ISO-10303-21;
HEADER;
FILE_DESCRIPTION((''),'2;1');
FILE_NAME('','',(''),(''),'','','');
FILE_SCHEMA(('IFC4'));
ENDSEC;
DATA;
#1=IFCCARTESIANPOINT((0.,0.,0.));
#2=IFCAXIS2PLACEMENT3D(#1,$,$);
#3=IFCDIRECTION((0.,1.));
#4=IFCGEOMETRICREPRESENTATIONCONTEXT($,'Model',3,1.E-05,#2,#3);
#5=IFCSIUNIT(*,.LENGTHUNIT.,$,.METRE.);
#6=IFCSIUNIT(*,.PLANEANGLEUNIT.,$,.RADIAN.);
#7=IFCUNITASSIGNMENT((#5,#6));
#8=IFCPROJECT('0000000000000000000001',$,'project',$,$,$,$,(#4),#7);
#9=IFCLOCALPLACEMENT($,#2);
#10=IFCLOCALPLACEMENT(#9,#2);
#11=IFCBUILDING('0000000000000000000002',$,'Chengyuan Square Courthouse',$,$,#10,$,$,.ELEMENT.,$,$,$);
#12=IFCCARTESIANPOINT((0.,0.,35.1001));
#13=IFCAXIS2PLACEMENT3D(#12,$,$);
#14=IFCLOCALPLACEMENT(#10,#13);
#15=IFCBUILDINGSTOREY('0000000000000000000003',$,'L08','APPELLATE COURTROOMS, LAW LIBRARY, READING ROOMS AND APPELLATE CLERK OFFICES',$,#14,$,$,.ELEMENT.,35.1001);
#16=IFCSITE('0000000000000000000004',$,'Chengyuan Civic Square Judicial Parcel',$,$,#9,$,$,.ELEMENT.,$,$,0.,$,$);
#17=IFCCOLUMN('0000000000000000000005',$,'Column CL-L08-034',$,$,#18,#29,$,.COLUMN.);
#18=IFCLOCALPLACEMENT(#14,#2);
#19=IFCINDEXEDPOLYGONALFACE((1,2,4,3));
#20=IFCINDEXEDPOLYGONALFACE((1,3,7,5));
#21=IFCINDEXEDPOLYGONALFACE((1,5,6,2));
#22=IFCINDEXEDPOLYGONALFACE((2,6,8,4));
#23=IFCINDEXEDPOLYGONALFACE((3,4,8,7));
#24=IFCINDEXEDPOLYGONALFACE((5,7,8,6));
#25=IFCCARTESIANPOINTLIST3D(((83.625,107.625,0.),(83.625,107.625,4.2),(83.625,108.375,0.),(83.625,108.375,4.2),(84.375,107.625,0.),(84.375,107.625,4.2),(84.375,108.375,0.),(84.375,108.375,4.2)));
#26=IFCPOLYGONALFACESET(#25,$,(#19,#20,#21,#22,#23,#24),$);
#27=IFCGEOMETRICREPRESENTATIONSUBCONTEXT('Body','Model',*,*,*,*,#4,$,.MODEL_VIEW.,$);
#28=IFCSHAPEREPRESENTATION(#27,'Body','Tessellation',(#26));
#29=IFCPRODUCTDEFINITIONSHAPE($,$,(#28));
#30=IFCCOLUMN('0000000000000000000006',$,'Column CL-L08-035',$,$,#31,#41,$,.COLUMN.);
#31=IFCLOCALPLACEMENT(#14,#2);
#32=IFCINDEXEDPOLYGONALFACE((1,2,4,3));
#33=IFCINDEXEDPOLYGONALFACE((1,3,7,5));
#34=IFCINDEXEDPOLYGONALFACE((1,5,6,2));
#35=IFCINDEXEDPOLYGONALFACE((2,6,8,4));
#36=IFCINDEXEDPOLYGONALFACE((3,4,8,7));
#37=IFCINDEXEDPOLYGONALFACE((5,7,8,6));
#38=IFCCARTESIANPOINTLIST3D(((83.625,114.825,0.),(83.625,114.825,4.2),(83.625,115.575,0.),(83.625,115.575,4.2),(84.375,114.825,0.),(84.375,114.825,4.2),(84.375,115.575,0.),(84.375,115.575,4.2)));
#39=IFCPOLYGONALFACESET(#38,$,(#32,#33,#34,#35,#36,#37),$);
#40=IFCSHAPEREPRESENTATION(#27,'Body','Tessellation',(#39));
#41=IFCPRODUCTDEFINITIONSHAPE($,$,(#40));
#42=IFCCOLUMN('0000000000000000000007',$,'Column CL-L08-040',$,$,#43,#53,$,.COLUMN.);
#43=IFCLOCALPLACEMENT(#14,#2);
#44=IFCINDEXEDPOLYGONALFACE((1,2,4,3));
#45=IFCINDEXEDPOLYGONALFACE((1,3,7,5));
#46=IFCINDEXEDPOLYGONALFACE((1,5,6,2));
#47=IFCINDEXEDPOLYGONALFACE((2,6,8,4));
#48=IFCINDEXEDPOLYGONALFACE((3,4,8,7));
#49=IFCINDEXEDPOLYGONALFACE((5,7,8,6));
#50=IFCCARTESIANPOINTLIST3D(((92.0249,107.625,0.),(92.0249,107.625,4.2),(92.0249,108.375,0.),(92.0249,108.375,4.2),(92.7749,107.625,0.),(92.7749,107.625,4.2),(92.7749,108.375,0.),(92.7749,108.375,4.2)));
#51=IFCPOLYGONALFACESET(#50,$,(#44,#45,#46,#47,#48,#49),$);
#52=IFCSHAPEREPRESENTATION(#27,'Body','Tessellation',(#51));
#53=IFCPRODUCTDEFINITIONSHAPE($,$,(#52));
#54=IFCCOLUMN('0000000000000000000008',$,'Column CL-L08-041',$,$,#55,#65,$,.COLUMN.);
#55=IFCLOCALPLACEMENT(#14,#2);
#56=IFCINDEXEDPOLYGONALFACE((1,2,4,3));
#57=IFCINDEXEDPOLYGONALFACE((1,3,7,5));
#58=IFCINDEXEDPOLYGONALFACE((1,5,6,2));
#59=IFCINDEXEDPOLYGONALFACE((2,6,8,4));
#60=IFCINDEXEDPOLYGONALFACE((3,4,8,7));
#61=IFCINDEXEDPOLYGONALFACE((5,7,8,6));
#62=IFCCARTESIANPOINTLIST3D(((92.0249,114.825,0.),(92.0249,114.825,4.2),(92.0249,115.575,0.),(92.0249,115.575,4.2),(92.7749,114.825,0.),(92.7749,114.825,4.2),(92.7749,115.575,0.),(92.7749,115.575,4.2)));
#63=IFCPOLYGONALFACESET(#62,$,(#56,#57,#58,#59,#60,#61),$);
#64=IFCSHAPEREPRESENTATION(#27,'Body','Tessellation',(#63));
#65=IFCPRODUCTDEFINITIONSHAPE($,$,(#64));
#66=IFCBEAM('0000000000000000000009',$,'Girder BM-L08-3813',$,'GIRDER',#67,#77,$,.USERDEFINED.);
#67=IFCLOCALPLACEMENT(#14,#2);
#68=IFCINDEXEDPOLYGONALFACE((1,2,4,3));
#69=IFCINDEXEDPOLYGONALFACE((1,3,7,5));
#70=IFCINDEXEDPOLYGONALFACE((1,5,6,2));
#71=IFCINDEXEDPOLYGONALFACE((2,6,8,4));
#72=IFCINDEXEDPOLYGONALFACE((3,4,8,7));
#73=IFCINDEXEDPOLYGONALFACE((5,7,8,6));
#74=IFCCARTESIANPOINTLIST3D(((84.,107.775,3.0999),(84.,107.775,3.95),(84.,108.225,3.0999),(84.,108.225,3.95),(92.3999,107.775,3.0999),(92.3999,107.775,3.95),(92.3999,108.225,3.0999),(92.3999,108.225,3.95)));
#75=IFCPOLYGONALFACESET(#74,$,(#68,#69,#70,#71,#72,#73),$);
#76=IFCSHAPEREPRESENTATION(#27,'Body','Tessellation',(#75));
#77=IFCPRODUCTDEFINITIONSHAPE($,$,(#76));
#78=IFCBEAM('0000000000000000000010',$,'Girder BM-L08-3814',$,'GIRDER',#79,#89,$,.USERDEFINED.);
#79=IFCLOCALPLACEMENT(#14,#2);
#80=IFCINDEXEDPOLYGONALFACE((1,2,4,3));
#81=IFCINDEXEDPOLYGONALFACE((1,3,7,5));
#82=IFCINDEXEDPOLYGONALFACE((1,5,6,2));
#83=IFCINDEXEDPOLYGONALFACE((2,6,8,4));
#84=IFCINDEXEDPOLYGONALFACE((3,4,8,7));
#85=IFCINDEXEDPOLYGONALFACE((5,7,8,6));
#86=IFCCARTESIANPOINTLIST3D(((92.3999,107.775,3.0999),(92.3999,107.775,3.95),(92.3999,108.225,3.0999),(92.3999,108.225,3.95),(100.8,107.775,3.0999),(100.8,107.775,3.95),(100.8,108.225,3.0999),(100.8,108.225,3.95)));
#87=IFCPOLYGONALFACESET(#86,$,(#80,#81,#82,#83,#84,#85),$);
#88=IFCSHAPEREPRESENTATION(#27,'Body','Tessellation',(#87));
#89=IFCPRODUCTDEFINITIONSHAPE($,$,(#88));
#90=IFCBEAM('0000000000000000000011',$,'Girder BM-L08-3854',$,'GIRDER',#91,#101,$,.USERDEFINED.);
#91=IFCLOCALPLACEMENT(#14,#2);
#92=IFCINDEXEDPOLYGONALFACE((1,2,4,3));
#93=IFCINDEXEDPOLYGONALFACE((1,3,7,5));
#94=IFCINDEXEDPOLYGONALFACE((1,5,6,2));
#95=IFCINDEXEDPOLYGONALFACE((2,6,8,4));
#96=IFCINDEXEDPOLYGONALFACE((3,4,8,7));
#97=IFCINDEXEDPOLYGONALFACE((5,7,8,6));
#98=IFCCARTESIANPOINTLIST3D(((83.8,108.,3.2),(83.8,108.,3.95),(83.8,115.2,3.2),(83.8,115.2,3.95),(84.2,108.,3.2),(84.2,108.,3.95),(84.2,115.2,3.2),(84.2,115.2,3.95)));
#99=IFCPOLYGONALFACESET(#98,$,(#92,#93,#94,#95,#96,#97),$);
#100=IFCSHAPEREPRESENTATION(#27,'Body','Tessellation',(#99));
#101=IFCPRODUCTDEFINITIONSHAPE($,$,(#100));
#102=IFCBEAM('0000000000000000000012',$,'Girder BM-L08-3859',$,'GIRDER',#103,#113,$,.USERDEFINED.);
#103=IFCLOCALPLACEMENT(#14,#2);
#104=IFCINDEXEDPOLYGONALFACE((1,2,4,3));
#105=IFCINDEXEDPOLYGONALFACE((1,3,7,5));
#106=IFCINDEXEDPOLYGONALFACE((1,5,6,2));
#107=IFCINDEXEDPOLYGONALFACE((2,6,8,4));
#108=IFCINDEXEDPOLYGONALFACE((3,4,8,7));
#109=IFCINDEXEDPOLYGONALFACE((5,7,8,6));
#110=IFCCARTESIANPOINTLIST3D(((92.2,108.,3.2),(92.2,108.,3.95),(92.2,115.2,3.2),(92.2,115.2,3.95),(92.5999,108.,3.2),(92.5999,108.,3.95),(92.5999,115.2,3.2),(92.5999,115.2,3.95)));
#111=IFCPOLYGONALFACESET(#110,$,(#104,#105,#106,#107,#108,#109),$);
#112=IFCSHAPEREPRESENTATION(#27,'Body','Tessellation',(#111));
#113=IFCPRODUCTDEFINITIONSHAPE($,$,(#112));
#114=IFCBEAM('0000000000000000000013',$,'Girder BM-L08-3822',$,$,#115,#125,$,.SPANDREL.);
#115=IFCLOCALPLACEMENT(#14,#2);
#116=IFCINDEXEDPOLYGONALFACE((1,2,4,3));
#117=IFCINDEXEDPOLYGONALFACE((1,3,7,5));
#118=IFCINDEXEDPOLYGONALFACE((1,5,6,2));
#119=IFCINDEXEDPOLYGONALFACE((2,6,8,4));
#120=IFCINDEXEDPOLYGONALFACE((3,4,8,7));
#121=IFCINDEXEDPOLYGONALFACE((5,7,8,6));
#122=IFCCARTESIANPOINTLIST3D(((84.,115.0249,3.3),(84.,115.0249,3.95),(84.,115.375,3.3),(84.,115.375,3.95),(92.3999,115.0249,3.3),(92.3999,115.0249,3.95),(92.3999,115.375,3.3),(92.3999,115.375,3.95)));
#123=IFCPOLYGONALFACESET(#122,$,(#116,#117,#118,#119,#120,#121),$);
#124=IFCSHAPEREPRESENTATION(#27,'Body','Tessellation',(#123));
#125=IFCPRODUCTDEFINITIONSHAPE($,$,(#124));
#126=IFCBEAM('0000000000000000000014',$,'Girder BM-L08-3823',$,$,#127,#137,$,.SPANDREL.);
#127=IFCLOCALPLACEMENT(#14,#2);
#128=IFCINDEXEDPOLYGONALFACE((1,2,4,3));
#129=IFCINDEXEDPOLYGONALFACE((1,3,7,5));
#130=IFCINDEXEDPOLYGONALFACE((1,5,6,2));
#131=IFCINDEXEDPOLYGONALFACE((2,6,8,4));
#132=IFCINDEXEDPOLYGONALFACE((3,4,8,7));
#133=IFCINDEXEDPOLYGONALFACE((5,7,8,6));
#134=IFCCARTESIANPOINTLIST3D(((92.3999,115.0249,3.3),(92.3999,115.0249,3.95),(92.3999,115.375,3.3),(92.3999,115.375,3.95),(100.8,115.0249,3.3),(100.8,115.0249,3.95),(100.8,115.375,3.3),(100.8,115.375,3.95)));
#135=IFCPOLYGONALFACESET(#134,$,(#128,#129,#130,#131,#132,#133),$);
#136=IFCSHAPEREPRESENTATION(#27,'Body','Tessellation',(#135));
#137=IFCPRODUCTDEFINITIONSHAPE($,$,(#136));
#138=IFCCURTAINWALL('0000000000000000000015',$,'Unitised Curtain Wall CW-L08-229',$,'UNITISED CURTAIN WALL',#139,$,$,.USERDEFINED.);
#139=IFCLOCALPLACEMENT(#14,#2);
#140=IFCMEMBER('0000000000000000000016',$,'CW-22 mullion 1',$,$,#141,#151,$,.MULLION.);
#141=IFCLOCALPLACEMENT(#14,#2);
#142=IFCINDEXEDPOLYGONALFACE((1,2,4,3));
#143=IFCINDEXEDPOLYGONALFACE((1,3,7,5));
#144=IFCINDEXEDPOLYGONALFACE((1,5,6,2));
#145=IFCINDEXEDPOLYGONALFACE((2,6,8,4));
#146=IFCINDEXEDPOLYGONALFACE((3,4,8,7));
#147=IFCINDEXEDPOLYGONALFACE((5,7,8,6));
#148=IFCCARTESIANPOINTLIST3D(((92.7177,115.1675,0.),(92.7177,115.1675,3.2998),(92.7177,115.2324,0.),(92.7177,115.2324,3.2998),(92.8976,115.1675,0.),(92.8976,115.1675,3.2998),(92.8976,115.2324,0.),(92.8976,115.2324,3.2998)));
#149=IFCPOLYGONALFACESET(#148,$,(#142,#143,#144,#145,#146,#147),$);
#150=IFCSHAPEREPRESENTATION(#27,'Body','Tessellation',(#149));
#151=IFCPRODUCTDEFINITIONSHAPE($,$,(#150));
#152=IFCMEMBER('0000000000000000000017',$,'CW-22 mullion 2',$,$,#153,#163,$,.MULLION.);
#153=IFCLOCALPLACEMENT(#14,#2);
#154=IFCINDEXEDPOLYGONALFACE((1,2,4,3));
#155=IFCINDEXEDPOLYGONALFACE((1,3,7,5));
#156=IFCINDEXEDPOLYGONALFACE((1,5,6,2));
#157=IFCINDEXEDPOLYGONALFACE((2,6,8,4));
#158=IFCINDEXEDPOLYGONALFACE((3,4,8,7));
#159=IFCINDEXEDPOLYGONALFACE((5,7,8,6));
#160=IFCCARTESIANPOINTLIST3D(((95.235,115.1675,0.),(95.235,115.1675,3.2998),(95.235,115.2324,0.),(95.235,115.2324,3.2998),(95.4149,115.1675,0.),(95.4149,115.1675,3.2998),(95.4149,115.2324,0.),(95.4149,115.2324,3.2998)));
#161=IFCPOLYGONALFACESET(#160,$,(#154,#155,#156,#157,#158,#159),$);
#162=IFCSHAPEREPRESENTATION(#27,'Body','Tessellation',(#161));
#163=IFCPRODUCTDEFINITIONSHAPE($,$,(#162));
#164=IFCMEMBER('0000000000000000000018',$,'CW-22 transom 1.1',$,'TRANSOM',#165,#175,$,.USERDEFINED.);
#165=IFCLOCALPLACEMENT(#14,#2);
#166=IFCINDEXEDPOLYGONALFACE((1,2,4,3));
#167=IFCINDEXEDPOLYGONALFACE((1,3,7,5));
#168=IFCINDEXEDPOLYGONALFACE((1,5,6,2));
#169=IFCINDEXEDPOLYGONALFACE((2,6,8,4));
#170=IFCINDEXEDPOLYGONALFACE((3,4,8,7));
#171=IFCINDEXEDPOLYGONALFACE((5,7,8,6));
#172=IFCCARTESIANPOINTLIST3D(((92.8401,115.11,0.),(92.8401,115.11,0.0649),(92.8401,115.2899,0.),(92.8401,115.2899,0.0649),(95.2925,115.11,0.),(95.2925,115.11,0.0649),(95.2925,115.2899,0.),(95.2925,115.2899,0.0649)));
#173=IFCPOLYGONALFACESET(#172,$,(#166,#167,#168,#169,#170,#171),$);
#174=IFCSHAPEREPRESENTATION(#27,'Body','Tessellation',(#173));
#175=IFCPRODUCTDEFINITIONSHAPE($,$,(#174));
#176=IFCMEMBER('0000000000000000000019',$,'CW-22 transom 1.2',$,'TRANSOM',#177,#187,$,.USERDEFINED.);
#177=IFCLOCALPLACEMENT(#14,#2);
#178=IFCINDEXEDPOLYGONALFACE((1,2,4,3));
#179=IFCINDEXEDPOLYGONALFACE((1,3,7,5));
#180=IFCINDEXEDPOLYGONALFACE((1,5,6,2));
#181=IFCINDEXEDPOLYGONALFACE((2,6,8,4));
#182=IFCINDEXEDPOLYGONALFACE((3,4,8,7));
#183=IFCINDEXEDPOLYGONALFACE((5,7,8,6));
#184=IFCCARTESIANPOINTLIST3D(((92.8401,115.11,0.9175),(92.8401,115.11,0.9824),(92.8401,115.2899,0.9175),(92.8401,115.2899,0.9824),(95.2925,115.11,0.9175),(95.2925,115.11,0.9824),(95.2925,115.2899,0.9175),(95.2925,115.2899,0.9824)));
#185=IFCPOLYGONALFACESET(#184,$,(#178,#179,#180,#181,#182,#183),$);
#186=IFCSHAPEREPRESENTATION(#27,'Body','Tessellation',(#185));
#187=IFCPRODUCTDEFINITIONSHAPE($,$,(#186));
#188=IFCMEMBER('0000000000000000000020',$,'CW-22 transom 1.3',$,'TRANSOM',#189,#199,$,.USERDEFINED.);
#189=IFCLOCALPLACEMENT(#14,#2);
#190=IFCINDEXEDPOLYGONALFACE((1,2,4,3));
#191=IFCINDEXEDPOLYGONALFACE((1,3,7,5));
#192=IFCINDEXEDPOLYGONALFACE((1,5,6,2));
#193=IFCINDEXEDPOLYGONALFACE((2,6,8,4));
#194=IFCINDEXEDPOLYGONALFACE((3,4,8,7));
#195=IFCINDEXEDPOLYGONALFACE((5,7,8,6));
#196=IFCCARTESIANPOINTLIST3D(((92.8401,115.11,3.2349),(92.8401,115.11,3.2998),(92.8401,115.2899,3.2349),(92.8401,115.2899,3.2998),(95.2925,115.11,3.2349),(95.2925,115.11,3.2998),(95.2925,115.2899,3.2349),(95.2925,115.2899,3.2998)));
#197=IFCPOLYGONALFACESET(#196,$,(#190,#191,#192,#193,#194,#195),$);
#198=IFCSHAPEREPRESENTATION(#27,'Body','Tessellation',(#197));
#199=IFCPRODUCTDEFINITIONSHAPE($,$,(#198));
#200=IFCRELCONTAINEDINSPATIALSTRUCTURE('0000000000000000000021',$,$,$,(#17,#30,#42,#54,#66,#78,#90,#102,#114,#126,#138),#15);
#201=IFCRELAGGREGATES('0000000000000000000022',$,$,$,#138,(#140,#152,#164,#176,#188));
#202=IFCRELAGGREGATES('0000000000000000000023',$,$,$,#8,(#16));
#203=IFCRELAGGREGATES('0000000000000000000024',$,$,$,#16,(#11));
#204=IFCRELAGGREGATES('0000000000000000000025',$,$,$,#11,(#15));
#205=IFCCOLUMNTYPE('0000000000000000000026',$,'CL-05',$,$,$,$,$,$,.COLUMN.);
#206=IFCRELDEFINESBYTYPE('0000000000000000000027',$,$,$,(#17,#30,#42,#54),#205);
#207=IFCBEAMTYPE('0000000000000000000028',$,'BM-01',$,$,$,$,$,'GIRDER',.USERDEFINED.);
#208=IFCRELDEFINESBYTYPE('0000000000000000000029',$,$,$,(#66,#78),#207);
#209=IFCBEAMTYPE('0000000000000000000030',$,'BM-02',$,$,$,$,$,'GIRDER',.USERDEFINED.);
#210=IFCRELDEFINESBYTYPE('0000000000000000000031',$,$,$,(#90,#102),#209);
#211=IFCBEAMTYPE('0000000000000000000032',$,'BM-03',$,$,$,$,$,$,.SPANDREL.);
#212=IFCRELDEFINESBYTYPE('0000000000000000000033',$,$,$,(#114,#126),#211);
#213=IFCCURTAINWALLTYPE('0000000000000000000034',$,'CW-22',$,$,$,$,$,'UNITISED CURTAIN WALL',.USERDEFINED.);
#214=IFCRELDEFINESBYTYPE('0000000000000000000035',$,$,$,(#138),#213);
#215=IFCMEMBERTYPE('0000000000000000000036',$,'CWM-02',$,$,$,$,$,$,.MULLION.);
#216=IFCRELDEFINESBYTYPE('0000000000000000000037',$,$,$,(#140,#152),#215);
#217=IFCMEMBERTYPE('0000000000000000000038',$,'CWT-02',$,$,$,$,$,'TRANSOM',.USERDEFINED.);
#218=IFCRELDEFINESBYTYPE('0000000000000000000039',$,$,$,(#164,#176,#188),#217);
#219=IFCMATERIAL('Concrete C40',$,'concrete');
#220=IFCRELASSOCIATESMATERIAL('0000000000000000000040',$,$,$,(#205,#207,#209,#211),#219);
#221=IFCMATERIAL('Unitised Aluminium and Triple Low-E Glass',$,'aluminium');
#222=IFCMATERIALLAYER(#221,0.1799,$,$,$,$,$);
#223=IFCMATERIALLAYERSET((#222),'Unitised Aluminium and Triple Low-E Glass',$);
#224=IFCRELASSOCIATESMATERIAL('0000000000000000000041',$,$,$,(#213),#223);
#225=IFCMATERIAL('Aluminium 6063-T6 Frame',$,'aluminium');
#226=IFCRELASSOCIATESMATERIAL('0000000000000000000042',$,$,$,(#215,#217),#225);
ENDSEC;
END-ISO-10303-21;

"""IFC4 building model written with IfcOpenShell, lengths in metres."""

from ifc_helpers import new_model, si_unit, direction, frame, origin, origin_2d, place, context, subcontext, project, spatial, rectangle, extrude, material, layer, layer_set, material_profile, profile_set, type_object, element, aggregate, save


model = new_model("IFC4")

# Units and contexts
model_context = context("Model", 3, precision=1e-05, world=origin(), true_north=direction((0.0, 1.0)))
body_context = subcontext(model_context, "Body", "Model", "MODEL_VIEW")
ifc_project = project(units=[si_unit("LENGTHUNIT", "METRE"), si_unit("PLANEANGLEUNIT", "RADIAN")], contexts=[model_context])

# Site, building, storey
site_placement = place(None, origin())
site = spatial("IfcSite", under=ifc_project, at=site_placement, Name="Chengyuan Civic Square Judicial Parcel", CompositionType="ELEMENT", RefElevation=0.0)
building_placement = place(site_placement, origin())
building = spatial("IfcBuilding", under=site, at=building_placement, Name="Chengyuan Square Courthouse", CompositionType="ELEMENT")
storey_placement = place(building_placement, frame((0.0, 0.0, 35.1001)))
storey = spatial("IfcBuildingStorey", under=building, at=storey_placement, Name="L08", Description="APPELLATE COURTROOMS, LAW LIBRARY, READING ROOMS AND APPELLATE CLERK OFFICES", CompositionType="ELEMENT", Elevation=35.1001)

# Columns
ifc_material_1 = material(Name="Concrete C40", Category="concrete")
ifc_material_profile_1 = material_profile(ifc_material_1, rectangle(XDim=0.75, YDim=0.75, at=origin_2d()), Name="RC-COL-750x750")
ifc_profile_set_1 = profile_set([ifc_material_profile_1], Name="Concrete C40")
column_type = type_object("IfcColumnType", Name="CL-05", PredefinedType="COLUMN", material=ifc_profile_set_1)
for number, where, z_axis, x_axis, name in (
    (1, (84.0, 108.0, 0.0), (0.0, 0.0, 1.0), (1.0, 0.0, 0.0), "Column CL-L08-034"),
    (2, (84.0, 115.2, 0.0), (0.0, 0.0, 1.0), (1.0, 0.0, 0.0), "Column CL-L08-035"),
    (3, (92.3999, 108.0, 0.0), (0.0, 0.0, 1.0), (1.0, 0.0, 0.0), "Column CL-L08-040"),
    (4, (92.3999, 115.2, 0.0), (0.0, 0.0, 1.0), (1.0, 0.0, 0.0), "Column CL-L08-041"),
):
    element("IfcColumn", number, at=place(storey_placement, frame(where, z_axis=z_axis, x_axis=x_axis)), inside=storey, type_object=column_type, Name=name, PredefinedType="COLUMN", context=body_context, shape_type="SweptSolid", body=[
        extrude(rectangle(XDim=0.75, YDim=0.75, at=origin_2d()), origin(), (0.0, 0.0, 1.0), 4.2),
    ])

# Beams
ifc_material_profile_2 = material_profile(ifc_material_1, rectangle(XDim=0.45, YDim=0.8501, at=origin_2d()), Name="RC-BM-450x850")
ifc_profile_set_2 = profile_set([ifc_material_profile_2], Name="Concrete C40")
beam_type_1 = type_object("IfcBeamType", Name="BM-01", ElementType="GIRDER", PredefinedType="USERDEFINED", material=ifc_profile_set_2)
beam_1_placement = place(storey_placement, frame((84.0, 108.0, 3.5249), z_axis=(1.0, 0.0, 0.0), x_axis=(0.0, 1.0, 0.0)))
element("IfcBeam", 5, at=beam_1_placement, inside=storey, type_object=beam_type_1, Name="Girder BM-L08-3813", ObjectType="GIRDER", PredefinedType="USERDEFINED", context=body_context, shape_type="SweptSolid", body=[
    extrude(rectangle(XDim=0.45, YDim=0.8501, at=origin_2d()), origin(), (0.0, 0.0, 1.0), 8.3999),
])
beam_2_placement = place(storey_placement, frame((92.3999, 108.0, 3.5249), z_axis=(1.0, 0.0, 0.0), x_axis=(0.0, 1.0, 0.0)))
element("IfcBeam", 6, at=beam_2_placement, inside=storey, type_object=beam_type_1, Name="Girder BM-L08-3814", ObjectType="GIRDER", PredefinedType="USERDEFINED", context=body_context, shape_type="SweptSolid", body=[
    extrude(rectangle(XDim=0.45, YDim=0.8501, at=origin_2d()), origin(), (0.0, 0.0, 1.0), 8.4001),
])
ifc_material_profile_3 = material_profile(ifc_material_1, rectangle(XDim=0.3999, YDim=0.75, at=origin_2d()), Name="RC-BM-400x750")
ifc_profile_set_3 = profile_set([ifc_material_profile_3], Name="Concrete C40")
beam_type_2 = type_object("IfcBeamType", Name="BM-02", ElementType="GIRDER", PredefinedType="USERDEFINED", material=ifc_profile_set_3)
for number, where, z_axis, x_axis, name in (
    (7, (84.0, 108.0, 3.575), (0.0, 1.0, 0.0), (-1.0, 0.0, 0.0), "Girder BM-L08-3854"),
    (8, (92.3999, 108.0, 3.575), (0.0, 1.0, 0.0), (-1.0, 0.0, 0.0), "Girder BM-L08-3859"),
):
    element("IfcBeam", number, at=place(storey_placement, frame(where, z_axis=z_axis, x_axis=x_axis)), inside=storey, type_object=beam_type_2, Name=name, ObjectType="GIRDER", PredefinedType="USERDEFINED", context=body_context, shape_type="SweptSolid", body=[
        extrude(rectangle(XDim=0.3999, YDim=0.75, at=origin_2d()), origin(), (0.0, 0.0, 1.0), 7.2),
    ])
ifc_material_profile_4 = material_profile(ifc_material_1, rectangle(XDim=0.3501, YDim=0.6499, at=origin_2d()), Name="RC-BM-350x650")
ifc_profile_set_4 = profile_set([ifc_material_profile_4], Name="Concrete C40")
beam_type_3 = type_object("IfcBeamType", Name="BM-03", PredefinedType="SPANDREL", material=ifc_profile_set_4)
beam_3_placement = place(storey_placement, frame((84.0, 115.2, 3.625), z_axis=(1.0, 0.0, 0.0), x_axis=(0.0, 1.0, 0.0)))
element("IfcBeam", 9, at=beam_3_placement, inside=storey, type_object=beam_type_3, Name="Girder BM-L08-3822", PredefinedType="SPANDREL", context=body_context, shape_type="SweptSolid", body=[
    extrude(rectangle(XDim=0.3501, YDim=0.6499, at=origin_2d()), origin(), (0.0, 0.0, 1.0), 8.3999),
])
beam_4_placement = place(storey_placement, frame((92.3999, 115.2, 3.625), z_axis=(1.0, 0.0, 0.0), x_axis=(0.0, 1.0, 0.0)))
element("IfcBeam", 10, at=beam_4_placement, inside=storey, type_object=beam_type_3, Name="Girder BM-L08-3823", PredefinedType="SPANDREL", context=body_context, shape_type="SweptSolid", body=[
    extrude(rectangle(XDim=0.3501, YDim=0.6499, at=origin_2d()), origin(), (0.0, 0.0, 1.0), 8.4001),
])

# Curtain wall, members
ifc_material_2 = material(Name="Unitised Aluminium and Triple Low-E Glass", Category="aluminium")
ifc_layer_1 = layer(ifc_material_2, 0.1799)
ifc_layer_set_1 = layer_set([ifc_layer_1], Name="Unitised Aluminium and Triple Low-E Glass")
curtain_wall_type = type_object("IfcCurtainWallType", Name="CW-22", ElementType="UNITISED CURTAIN WALL", PredefinedType="USERDEFINED", material=ifc_layer_set_1)
curtain_wall_placement = place(storey_placement, origin())
curtain_wall = element("IfcCurtainWall", 11, at=curtain_wall_placement, inside=storey, type_object=curtain_wall_type, Name="Unitised Curtain Wall CW-L08-229", ObjectType="UNITISED CURTAIN WALL", PredefinedType="USERDEFINED")
ifc_material_3 = material(Name="Aluminium 6063-T6 Frame", Category="aluminium")
ifc_material_profile_5 = material_profile(ifc_material_3, rectangle(XDim=0.0649, YDim=0.1799, at=origin_2d()), Name="CW-MUL-65x180")
ifc_profile_set_5 = profile_set([ifc_material_profile_5], Name="Aluminium 6063-T6 Frame")
member_type_1 = type_object("IfcMemberType", Name="CWM-02", PredefinedType="MULLION", material=ifc_profile_set_5)
member_1_placement = place(storey_placement, frame((92.8076, 115.2, 0.0), z_axis=(0.0, 0.0, 1.0), x_axis=(0.0, 1.0, 0.0)))
member_1 = element("IfcMember", 12, at=member_1_placement, type_object=member_type_1, Name="CW-22 mullion 1", PredefinedType="MULLION", context=body_context, shape_type="SweptSolid", body=[
    extrude(rectangle(XDim=0.0649, YDim=0.1799, at=origin_2d()), origin(), (0.0, 0.0, 1.0), 3.2998),
])
member_2_placement = place(storey_placement, frame((95.325, 115.2, 0.0), z_axis=(0.0, 0.0, 1.0), x_axis=(0.0, 1.0, 0.0)))
member_2 = element("IfcMember", 13, at=member_2_placement, type_object=member_type_1, Name="CW-22 mullion 2", PredefinedType="MULLION", context=body_context, shape_type="SweptSolid", body=[
    extrude(rectangle(XDim=0.0649, YDim=0.1799, at=origin_2d()), origin(), (0.0, 0.0, 1.0), 3.2998),
])
ifc_material_profile_6 = material_profile(ifc_material_3, rectangle(XDim=0.1799, YDim=0.0649, at=origin_2d()), Name="CW-TRN-65x140")
ifc_profile_set_6 = profile_set([ifc_material_profile_6], Name="Aluminium 6063-T6 Frame")
member_type_2 = type_object("IfcMemberType", Name="CWT-02", ElementType="TRANSOM", PredefinedType="USERDEFINED", material=ifc_profile_set_6)
member_3_placement = place(storey_placement, frame((92.8401, 115.2, 0.0325), z_axis=(1.0, 0.0, 0.0), x_axis=(0.0, 1.0, 0.0)))
member_3 = element("IfcMember", 14, at=member_3_placement, type_object=member_type_2, Name="CW-22 transom 1.1", ObjectType="TRANSOM", PredefinedType="USERDEFINED", context=body_context, shape_type="SweptSolid", body=[
    extrude(rectangle(XDim=0.1799, YDim=0.0649, at=origin_2d()), origin(), (0.0, 0.0, 1.0), 2.4524),
])
member_4_placement = place(storey_placement, frame((92.8401, 115.2, 0.95), z_axis=(1.0, 0.0, 0.0), x_axis=(0.0, 1.0, 0.0)))
member_4 = element("IfcMember", 15, at=member_4_placement, type_object=member_type_2, Name="CW-22 transom 1.2", ObjectType="TRANSOM", PredefinedType="USERDEFINED", context=body_context, shape_type="SweptSolid", body=[
    extrude(rectangle(XDim=0.1799, YDim=0.0649, at=origin_2d()), origin(), (0.0, 0.0, 1.0), 2.4524),
])
member_5_placement = place(storey_placement, frame((92.8401, 115.2, 3.2673), z_axis=(1.0, 0.0, 0.0), x_axis=(0.0, 1.0, 0.0)))
member_5 = element("IfcMember", 16, at=member_5_placement, type_object=member_type_2, Name="CW-22 transom 1.3", ObjectType="TRANSOM", PredefinedType="USERDEFINED", context=body_context, shape_type="SweptSolid", body=[
    extrude(rectangle(XDim=0.1799, YDim=0.0649, at=origin_2d()), origin(), (0.0, 0.0, 1.0), 2.4524),
])
aggregate(curtain_wall, [member_1, member_2, member_3, member_4, member_5])

save(model, "model.ifc")
